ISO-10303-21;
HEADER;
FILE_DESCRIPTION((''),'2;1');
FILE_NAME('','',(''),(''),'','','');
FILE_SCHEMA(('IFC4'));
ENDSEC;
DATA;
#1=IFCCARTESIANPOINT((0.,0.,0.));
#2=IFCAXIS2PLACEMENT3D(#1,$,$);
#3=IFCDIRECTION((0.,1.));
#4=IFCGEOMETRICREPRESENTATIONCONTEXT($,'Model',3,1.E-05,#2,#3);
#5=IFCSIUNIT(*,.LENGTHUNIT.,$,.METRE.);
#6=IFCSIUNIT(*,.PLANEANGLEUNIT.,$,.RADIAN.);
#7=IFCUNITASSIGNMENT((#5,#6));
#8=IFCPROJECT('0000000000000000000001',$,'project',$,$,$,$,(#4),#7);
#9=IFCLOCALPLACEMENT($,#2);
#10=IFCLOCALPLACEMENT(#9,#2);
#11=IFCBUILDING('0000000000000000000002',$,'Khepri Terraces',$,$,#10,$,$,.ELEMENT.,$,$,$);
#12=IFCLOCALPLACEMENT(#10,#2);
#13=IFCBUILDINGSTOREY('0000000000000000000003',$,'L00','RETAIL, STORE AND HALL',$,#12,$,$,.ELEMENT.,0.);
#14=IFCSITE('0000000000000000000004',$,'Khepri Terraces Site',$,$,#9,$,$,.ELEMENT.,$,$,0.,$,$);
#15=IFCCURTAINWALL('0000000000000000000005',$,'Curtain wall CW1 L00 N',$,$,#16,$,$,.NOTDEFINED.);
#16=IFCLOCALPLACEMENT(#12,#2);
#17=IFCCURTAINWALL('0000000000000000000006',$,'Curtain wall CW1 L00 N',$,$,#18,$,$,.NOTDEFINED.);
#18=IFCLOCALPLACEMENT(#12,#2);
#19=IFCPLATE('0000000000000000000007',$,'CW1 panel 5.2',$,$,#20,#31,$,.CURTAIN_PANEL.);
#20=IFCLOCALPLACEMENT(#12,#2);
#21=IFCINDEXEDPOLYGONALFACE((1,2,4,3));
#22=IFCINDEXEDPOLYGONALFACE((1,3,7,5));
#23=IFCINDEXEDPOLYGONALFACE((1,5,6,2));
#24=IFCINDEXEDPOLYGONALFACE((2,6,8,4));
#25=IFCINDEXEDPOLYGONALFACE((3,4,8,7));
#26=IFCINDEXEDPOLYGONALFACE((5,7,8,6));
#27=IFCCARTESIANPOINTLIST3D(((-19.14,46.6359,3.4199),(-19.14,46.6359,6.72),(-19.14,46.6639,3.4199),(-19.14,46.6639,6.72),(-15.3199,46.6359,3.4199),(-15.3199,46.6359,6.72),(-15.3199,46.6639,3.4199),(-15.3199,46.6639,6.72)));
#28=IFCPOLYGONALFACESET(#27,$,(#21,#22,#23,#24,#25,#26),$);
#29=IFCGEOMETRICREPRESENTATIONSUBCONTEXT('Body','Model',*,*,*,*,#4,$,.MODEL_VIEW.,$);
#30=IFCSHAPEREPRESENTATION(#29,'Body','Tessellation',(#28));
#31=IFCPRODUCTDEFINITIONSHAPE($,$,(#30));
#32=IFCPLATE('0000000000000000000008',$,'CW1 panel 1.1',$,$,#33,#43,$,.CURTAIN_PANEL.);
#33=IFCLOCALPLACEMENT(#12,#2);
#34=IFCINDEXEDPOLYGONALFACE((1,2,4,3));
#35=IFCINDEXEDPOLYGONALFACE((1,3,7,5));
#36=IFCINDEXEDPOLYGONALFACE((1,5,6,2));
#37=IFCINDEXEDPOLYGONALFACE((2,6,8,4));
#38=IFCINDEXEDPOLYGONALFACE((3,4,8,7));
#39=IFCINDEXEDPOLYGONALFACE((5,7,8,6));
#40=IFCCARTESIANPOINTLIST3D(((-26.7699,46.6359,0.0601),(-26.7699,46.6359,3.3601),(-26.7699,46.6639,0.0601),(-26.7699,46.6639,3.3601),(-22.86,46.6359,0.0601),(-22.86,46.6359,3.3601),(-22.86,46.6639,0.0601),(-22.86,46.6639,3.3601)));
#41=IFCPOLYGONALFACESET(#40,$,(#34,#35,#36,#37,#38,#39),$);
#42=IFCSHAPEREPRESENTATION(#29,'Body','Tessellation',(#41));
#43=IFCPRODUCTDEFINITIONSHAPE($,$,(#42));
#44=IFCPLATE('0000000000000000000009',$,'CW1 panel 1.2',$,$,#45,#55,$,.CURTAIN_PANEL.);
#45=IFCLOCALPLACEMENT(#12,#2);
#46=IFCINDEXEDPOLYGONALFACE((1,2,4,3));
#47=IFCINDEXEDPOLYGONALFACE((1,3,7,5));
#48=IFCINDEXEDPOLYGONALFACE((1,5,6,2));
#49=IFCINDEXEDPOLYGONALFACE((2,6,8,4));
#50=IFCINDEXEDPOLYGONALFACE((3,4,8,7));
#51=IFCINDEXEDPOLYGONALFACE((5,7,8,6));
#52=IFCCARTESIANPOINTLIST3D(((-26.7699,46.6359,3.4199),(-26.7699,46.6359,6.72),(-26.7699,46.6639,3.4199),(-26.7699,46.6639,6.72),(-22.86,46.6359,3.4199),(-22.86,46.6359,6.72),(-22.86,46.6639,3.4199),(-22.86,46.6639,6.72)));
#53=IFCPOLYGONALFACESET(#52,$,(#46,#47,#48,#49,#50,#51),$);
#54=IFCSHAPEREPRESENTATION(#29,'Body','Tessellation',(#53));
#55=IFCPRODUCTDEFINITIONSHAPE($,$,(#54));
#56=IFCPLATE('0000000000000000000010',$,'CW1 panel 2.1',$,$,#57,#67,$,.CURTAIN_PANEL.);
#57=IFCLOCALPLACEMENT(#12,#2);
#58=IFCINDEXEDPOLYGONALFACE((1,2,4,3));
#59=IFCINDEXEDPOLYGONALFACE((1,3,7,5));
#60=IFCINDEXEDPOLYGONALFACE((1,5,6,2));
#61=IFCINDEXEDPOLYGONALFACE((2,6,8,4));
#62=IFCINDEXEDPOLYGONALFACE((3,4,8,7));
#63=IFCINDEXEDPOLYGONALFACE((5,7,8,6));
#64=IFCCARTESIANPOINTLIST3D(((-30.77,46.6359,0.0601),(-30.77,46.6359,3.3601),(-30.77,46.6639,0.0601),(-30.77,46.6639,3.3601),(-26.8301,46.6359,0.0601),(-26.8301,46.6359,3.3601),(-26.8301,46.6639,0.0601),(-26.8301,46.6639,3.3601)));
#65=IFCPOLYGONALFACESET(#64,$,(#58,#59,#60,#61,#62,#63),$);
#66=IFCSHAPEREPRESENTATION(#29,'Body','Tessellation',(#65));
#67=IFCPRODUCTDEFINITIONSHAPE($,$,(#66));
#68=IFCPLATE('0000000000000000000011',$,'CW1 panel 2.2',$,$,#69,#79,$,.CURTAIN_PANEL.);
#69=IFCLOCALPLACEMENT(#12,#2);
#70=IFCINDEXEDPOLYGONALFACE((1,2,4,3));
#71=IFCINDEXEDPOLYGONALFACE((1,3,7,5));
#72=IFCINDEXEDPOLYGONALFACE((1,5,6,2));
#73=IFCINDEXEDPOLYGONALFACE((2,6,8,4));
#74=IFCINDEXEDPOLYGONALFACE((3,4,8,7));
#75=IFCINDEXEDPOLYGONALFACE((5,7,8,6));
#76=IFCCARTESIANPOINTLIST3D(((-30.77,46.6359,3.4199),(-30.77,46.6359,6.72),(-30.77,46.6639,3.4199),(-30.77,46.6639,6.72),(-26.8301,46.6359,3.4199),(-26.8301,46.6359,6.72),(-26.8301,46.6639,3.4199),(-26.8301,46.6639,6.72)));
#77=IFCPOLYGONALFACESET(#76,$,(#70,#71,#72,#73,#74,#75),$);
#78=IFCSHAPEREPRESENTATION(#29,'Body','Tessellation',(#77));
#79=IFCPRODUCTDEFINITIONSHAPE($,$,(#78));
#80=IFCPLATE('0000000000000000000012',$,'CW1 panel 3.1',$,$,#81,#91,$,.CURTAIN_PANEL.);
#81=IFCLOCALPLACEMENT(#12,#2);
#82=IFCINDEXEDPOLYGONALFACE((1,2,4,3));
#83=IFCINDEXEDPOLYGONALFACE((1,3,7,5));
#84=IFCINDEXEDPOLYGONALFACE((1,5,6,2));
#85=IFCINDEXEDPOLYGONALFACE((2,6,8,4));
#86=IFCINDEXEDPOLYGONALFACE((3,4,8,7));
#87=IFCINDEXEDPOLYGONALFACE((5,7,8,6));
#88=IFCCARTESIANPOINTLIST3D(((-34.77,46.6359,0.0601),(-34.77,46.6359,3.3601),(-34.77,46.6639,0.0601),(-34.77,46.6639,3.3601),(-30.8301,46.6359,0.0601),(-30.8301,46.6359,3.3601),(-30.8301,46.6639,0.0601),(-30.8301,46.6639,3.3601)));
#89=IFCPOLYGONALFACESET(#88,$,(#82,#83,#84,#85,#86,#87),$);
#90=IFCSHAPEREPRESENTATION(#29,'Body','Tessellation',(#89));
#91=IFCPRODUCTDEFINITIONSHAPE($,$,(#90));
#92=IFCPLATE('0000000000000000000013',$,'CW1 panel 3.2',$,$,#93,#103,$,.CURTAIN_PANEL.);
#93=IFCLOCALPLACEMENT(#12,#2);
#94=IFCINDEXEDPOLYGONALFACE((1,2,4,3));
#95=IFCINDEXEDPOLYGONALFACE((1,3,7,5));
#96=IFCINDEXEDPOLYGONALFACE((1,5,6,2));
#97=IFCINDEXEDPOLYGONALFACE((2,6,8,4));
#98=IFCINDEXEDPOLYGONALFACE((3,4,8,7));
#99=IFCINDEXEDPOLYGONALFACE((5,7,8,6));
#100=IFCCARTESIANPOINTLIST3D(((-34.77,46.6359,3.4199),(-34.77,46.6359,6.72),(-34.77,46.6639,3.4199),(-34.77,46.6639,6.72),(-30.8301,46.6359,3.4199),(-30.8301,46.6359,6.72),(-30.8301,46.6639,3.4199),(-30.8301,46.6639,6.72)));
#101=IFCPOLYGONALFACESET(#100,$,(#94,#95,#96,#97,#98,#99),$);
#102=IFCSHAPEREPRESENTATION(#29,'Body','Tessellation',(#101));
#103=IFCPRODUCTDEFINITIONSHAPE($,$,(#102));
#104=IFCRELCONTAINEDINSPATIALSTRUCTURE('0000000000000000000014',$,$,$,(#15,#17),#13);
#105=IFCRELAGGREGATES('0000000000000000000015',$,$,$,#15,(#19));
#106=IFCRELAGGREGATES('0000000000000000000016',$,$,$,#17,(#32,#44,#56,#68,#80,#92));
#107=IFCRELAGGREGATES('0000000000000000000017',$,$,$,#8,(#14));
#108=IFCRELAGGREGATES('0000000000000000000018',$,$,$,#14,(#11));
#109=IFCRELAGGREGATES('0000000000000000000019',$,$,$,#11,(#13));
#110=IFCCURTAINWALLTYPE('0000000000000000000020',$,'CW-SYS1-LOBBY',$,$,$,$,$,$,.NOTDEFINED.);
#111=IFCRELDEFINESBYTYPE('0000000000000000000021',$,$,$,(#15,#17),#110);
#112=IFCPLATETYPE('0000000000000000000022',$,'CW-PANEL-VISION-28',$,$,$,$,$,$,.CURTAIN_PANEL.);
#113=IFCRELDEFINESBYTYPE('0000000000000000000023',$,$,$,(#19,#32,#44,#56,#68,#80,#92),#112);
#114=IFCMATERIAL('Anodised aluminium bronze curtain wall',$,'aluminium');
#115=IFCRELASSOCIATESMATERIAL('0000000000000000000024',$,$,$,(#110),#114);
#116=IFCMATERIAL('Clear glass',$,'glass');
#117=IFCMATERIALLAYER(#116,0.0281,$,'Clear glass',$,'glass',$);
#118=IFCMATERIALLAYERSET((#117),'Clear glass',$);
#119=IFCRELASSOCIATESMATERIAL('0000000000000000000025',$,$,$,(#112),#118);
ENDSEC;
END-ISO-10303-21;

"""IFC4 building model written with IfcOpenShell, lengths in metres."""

from ifc_helpers import new_model, si_unit, direction, frame, origin, origin_2d, place, context, subcontext, project, spatial, rectangle, extrude, material, layer, layer_set, type_object, element, aggregate, save


model = new_model("IFC4")

# Units and contexts
model_context = context("Model", 3, precision=1e-05, world=origin(), true_north=direction((0.0, 1.0)))
body_context = subcontext(model_context, "Body", "Model", "MODEL_VIEW")
ifc_project = project(units=[si_unit("LENGTHUNIT", "METRE"), si_unit("PLANEANGLEUNIT", "RADIAN")], contexts=[model_context])

# Site, building, storey
site_placement = place(None, origin())
site = spatial("IfcSite", under=ifc_project, at=site_placement, Name="Khepri Terraces Site", CompositionType="ELEMENT", RefElevation=0.0)
building_placement = place(site_placement, origin())
building = spatial("IfcBuilding", under=site, at=building_placement, Name="Khepri Terraces", CompositionType="ELEMENT")
storey_placement = place(building_placement, origin())
storey = spatial("IfcBuildingStorey", under=building, at=storey_placement, Name="L00", Description="RETAIL, STORE AND HALL", CompositionType="ELEMENT", Elevation=0.0)

# Curtain wall
ifc_material_1 = material(Name="Anodised aluminium bronze curtain wall", Category="aluminium")
curtain_wall_type = type_object("IfcCurtainWallType", Name="CW-SYS1-LOBBY", PredefinedType="NOTDEFINED", material=ifc_material_1)
curtain_wall_1_placement = place(storey_placement, origin())
curtain_wall_1 = element("IfcCurtainWall", 1, at=curtain_wall_1_placement, inside=storey, type_object=curtain_wall_type, Name="Curtain wall CW1 L00 N", PredefinedType="NOTDEFINED")

# Curtain wall
curtain_wall_2_placement = place(storey_placement, origin())
curtain_wall_2 = element("IfcCurtainWall", 2, at=curtain_wall_2_placement, inside=storey, type_object=curtain_wall_type, Name="Curtain wall CW1 L00 N", PredefinedType="NOTDEFINED")

# Plates
ifc_material_2 = material(Name="Clear glass", Category="glass")
ifc_layer_1 = layer(ifc_material_2, 0.0281, Name="Clear glass", Category="glass")
ifc_layer_set_1 = layer_set([ifc_layer_1], Name="Clear glass")
plate_type = type_object("IfcPlateType", Name="CW-PANEL-VISION-28", PredefinedType="CURTAIN_PANEL", material=ifc_layer_set_1)
plate_1_placement = place(storey_placement, frame((-17.23, 46.6499, 3.4199), z_axis=(0.0, 0.0, 1.0), x_axis=(-1.0, 0.0, 0.0)))
plate_1 = element("IfcPlate", 3, at=plate_1_placement, type_object=plate_type, Name="CW1 panel 5.2", PredefinedType="CURTAIN_PANEL", context=body_context, shape_type="SweptSolid", body=[
    extrude(rectangle(XDim=3.8201, YDim=0.0281, at=origin_2d()), origin(), (0.0, 0.0, 1.0), 3.3),
])
aggregate(curtain_wall_1, [plate_1])
plate_2_placement = place(storey_placement, frame((-24.8149, 46.6499, 0.0601), z_axis=(0.0, 0.0, 1.0), x_axis=(-1.0, 0.0, 0.0)))
plate_2 = element("IfcPlate", 4, at=plate_2_placement, type_object=plate_type, Name="CW1 panel 1.1", PredefinedType="CURTAIN_PANEL", context=body_context, shape_type="SweptSolid", body=[
    extrude(rectangle(XDim=3.9099, YDim=0.0281, at=origin_2d()), origin(), (0.0, 0.0, 1.0), 3.3),
])
plate_3_placement = place(storey_placement, frame((-24.8149, 46.6499, 3.4199), z_axis=(0.0, 0.0, 1.0), x_axis=(-1.0, 0.0, 0.0)))
plate_3 = element("IfcPlate", 5, at=plate_3_placement, type_object=plate_type, Name="CW1 panel 1.2", PredefinedType="CURTAIN_PANEL", context=body_context, shape_type="SweptSolid", body=[
    extrude(rectangle(XDim=3.9099, YDim=0.0281, at=origin_2d()), origin(), (0.0, 0.0, 1.0), 3.3),
])
plate_4_placement = place(storey_placement, frame((-28.8, 46.6499, 0.0601), z_axis=(0.0, 0.0, 1.0), x_axis=(-1.0, 0.0, 0.0)))
plate_4 = element("IfcPlate", 6, at=plate_4_placement, type_object=plate_type, Name="CW1 panel 2.1", PredefinedType="CURTAIN_PANEL", context=body_context, shape_type="SweptSolid", body=[
    extrude(rectangle(XDim=3.9399, YDim=0.0281, at=origin_2d()), origin(), (0.0, 0.0, 1.0), 3.3),
])
plate_5_placement = place(storey_placement, frame((-28.8, 46.6499, 3.4199), z_axis=(0.0, 0.0, 1.0), x_axis=(-1.0, 0.0, 0.0)))
plate_5 = element("IfcPlate", 7, at=plate_5_placement, type_object=plate_type, Name="CW1 panel 2.2", PredefinedType="CURTAIN_PANEL", context=body_context, shape_type="SweptSolid", body=[
    extrude(rectangle(XDim=3.9399, YDim=0.0281, at=origin_2d()), origin(), (0.0, 0.0, 1.0), 3.3),
])
plate_6_placement = place(storey_placement, frame((-32.8, 46.6499, 0.0601), z_axis=(0.0, 0.0, 1.0), x_axis=(-1.0, 0.0, 0.0)))
plate_6 = element("IfcPlate", 8, at=plate_6_placement, type_object=plate_type, Name="CW1 panel 3.1", PredefinedType="CURTAIN_PANEL", context=body_context, shape_type="SweptSolid", body=[
    extrude(rectangle(XDim=3.9399, YDim=0.0281, at=origin_2d()), origin(), (0.0, 0.0, 1.0), 3.3),
])
plate_7_placement = place(storey_placement, frame((-32.8, 46.6499, 3.4199), z_axis=(0.0, 0.0, 1.0), x_axis=(-1.0, 0.0, 0.0)))
plate_7 = element("IfcPlate", 9, at=plate_7_placement, type_object=plate_type, Name="CW1 panel 3.2", PredefinedType="CURTAIN_PANEL", context=body_context, shape_type="SweptSolid", body=[
    extrude(rectangle(XDim=3.9399, YDim=0.0281, at=origin_2d()), origin(), (0.0, 0.0, 1.0), 3.3),
])
aggregate(curtain_wall_2, [plate_2, plate_3, plate_4, plate_5, plate_6, plate_7])

save(model, "model.ifc")
